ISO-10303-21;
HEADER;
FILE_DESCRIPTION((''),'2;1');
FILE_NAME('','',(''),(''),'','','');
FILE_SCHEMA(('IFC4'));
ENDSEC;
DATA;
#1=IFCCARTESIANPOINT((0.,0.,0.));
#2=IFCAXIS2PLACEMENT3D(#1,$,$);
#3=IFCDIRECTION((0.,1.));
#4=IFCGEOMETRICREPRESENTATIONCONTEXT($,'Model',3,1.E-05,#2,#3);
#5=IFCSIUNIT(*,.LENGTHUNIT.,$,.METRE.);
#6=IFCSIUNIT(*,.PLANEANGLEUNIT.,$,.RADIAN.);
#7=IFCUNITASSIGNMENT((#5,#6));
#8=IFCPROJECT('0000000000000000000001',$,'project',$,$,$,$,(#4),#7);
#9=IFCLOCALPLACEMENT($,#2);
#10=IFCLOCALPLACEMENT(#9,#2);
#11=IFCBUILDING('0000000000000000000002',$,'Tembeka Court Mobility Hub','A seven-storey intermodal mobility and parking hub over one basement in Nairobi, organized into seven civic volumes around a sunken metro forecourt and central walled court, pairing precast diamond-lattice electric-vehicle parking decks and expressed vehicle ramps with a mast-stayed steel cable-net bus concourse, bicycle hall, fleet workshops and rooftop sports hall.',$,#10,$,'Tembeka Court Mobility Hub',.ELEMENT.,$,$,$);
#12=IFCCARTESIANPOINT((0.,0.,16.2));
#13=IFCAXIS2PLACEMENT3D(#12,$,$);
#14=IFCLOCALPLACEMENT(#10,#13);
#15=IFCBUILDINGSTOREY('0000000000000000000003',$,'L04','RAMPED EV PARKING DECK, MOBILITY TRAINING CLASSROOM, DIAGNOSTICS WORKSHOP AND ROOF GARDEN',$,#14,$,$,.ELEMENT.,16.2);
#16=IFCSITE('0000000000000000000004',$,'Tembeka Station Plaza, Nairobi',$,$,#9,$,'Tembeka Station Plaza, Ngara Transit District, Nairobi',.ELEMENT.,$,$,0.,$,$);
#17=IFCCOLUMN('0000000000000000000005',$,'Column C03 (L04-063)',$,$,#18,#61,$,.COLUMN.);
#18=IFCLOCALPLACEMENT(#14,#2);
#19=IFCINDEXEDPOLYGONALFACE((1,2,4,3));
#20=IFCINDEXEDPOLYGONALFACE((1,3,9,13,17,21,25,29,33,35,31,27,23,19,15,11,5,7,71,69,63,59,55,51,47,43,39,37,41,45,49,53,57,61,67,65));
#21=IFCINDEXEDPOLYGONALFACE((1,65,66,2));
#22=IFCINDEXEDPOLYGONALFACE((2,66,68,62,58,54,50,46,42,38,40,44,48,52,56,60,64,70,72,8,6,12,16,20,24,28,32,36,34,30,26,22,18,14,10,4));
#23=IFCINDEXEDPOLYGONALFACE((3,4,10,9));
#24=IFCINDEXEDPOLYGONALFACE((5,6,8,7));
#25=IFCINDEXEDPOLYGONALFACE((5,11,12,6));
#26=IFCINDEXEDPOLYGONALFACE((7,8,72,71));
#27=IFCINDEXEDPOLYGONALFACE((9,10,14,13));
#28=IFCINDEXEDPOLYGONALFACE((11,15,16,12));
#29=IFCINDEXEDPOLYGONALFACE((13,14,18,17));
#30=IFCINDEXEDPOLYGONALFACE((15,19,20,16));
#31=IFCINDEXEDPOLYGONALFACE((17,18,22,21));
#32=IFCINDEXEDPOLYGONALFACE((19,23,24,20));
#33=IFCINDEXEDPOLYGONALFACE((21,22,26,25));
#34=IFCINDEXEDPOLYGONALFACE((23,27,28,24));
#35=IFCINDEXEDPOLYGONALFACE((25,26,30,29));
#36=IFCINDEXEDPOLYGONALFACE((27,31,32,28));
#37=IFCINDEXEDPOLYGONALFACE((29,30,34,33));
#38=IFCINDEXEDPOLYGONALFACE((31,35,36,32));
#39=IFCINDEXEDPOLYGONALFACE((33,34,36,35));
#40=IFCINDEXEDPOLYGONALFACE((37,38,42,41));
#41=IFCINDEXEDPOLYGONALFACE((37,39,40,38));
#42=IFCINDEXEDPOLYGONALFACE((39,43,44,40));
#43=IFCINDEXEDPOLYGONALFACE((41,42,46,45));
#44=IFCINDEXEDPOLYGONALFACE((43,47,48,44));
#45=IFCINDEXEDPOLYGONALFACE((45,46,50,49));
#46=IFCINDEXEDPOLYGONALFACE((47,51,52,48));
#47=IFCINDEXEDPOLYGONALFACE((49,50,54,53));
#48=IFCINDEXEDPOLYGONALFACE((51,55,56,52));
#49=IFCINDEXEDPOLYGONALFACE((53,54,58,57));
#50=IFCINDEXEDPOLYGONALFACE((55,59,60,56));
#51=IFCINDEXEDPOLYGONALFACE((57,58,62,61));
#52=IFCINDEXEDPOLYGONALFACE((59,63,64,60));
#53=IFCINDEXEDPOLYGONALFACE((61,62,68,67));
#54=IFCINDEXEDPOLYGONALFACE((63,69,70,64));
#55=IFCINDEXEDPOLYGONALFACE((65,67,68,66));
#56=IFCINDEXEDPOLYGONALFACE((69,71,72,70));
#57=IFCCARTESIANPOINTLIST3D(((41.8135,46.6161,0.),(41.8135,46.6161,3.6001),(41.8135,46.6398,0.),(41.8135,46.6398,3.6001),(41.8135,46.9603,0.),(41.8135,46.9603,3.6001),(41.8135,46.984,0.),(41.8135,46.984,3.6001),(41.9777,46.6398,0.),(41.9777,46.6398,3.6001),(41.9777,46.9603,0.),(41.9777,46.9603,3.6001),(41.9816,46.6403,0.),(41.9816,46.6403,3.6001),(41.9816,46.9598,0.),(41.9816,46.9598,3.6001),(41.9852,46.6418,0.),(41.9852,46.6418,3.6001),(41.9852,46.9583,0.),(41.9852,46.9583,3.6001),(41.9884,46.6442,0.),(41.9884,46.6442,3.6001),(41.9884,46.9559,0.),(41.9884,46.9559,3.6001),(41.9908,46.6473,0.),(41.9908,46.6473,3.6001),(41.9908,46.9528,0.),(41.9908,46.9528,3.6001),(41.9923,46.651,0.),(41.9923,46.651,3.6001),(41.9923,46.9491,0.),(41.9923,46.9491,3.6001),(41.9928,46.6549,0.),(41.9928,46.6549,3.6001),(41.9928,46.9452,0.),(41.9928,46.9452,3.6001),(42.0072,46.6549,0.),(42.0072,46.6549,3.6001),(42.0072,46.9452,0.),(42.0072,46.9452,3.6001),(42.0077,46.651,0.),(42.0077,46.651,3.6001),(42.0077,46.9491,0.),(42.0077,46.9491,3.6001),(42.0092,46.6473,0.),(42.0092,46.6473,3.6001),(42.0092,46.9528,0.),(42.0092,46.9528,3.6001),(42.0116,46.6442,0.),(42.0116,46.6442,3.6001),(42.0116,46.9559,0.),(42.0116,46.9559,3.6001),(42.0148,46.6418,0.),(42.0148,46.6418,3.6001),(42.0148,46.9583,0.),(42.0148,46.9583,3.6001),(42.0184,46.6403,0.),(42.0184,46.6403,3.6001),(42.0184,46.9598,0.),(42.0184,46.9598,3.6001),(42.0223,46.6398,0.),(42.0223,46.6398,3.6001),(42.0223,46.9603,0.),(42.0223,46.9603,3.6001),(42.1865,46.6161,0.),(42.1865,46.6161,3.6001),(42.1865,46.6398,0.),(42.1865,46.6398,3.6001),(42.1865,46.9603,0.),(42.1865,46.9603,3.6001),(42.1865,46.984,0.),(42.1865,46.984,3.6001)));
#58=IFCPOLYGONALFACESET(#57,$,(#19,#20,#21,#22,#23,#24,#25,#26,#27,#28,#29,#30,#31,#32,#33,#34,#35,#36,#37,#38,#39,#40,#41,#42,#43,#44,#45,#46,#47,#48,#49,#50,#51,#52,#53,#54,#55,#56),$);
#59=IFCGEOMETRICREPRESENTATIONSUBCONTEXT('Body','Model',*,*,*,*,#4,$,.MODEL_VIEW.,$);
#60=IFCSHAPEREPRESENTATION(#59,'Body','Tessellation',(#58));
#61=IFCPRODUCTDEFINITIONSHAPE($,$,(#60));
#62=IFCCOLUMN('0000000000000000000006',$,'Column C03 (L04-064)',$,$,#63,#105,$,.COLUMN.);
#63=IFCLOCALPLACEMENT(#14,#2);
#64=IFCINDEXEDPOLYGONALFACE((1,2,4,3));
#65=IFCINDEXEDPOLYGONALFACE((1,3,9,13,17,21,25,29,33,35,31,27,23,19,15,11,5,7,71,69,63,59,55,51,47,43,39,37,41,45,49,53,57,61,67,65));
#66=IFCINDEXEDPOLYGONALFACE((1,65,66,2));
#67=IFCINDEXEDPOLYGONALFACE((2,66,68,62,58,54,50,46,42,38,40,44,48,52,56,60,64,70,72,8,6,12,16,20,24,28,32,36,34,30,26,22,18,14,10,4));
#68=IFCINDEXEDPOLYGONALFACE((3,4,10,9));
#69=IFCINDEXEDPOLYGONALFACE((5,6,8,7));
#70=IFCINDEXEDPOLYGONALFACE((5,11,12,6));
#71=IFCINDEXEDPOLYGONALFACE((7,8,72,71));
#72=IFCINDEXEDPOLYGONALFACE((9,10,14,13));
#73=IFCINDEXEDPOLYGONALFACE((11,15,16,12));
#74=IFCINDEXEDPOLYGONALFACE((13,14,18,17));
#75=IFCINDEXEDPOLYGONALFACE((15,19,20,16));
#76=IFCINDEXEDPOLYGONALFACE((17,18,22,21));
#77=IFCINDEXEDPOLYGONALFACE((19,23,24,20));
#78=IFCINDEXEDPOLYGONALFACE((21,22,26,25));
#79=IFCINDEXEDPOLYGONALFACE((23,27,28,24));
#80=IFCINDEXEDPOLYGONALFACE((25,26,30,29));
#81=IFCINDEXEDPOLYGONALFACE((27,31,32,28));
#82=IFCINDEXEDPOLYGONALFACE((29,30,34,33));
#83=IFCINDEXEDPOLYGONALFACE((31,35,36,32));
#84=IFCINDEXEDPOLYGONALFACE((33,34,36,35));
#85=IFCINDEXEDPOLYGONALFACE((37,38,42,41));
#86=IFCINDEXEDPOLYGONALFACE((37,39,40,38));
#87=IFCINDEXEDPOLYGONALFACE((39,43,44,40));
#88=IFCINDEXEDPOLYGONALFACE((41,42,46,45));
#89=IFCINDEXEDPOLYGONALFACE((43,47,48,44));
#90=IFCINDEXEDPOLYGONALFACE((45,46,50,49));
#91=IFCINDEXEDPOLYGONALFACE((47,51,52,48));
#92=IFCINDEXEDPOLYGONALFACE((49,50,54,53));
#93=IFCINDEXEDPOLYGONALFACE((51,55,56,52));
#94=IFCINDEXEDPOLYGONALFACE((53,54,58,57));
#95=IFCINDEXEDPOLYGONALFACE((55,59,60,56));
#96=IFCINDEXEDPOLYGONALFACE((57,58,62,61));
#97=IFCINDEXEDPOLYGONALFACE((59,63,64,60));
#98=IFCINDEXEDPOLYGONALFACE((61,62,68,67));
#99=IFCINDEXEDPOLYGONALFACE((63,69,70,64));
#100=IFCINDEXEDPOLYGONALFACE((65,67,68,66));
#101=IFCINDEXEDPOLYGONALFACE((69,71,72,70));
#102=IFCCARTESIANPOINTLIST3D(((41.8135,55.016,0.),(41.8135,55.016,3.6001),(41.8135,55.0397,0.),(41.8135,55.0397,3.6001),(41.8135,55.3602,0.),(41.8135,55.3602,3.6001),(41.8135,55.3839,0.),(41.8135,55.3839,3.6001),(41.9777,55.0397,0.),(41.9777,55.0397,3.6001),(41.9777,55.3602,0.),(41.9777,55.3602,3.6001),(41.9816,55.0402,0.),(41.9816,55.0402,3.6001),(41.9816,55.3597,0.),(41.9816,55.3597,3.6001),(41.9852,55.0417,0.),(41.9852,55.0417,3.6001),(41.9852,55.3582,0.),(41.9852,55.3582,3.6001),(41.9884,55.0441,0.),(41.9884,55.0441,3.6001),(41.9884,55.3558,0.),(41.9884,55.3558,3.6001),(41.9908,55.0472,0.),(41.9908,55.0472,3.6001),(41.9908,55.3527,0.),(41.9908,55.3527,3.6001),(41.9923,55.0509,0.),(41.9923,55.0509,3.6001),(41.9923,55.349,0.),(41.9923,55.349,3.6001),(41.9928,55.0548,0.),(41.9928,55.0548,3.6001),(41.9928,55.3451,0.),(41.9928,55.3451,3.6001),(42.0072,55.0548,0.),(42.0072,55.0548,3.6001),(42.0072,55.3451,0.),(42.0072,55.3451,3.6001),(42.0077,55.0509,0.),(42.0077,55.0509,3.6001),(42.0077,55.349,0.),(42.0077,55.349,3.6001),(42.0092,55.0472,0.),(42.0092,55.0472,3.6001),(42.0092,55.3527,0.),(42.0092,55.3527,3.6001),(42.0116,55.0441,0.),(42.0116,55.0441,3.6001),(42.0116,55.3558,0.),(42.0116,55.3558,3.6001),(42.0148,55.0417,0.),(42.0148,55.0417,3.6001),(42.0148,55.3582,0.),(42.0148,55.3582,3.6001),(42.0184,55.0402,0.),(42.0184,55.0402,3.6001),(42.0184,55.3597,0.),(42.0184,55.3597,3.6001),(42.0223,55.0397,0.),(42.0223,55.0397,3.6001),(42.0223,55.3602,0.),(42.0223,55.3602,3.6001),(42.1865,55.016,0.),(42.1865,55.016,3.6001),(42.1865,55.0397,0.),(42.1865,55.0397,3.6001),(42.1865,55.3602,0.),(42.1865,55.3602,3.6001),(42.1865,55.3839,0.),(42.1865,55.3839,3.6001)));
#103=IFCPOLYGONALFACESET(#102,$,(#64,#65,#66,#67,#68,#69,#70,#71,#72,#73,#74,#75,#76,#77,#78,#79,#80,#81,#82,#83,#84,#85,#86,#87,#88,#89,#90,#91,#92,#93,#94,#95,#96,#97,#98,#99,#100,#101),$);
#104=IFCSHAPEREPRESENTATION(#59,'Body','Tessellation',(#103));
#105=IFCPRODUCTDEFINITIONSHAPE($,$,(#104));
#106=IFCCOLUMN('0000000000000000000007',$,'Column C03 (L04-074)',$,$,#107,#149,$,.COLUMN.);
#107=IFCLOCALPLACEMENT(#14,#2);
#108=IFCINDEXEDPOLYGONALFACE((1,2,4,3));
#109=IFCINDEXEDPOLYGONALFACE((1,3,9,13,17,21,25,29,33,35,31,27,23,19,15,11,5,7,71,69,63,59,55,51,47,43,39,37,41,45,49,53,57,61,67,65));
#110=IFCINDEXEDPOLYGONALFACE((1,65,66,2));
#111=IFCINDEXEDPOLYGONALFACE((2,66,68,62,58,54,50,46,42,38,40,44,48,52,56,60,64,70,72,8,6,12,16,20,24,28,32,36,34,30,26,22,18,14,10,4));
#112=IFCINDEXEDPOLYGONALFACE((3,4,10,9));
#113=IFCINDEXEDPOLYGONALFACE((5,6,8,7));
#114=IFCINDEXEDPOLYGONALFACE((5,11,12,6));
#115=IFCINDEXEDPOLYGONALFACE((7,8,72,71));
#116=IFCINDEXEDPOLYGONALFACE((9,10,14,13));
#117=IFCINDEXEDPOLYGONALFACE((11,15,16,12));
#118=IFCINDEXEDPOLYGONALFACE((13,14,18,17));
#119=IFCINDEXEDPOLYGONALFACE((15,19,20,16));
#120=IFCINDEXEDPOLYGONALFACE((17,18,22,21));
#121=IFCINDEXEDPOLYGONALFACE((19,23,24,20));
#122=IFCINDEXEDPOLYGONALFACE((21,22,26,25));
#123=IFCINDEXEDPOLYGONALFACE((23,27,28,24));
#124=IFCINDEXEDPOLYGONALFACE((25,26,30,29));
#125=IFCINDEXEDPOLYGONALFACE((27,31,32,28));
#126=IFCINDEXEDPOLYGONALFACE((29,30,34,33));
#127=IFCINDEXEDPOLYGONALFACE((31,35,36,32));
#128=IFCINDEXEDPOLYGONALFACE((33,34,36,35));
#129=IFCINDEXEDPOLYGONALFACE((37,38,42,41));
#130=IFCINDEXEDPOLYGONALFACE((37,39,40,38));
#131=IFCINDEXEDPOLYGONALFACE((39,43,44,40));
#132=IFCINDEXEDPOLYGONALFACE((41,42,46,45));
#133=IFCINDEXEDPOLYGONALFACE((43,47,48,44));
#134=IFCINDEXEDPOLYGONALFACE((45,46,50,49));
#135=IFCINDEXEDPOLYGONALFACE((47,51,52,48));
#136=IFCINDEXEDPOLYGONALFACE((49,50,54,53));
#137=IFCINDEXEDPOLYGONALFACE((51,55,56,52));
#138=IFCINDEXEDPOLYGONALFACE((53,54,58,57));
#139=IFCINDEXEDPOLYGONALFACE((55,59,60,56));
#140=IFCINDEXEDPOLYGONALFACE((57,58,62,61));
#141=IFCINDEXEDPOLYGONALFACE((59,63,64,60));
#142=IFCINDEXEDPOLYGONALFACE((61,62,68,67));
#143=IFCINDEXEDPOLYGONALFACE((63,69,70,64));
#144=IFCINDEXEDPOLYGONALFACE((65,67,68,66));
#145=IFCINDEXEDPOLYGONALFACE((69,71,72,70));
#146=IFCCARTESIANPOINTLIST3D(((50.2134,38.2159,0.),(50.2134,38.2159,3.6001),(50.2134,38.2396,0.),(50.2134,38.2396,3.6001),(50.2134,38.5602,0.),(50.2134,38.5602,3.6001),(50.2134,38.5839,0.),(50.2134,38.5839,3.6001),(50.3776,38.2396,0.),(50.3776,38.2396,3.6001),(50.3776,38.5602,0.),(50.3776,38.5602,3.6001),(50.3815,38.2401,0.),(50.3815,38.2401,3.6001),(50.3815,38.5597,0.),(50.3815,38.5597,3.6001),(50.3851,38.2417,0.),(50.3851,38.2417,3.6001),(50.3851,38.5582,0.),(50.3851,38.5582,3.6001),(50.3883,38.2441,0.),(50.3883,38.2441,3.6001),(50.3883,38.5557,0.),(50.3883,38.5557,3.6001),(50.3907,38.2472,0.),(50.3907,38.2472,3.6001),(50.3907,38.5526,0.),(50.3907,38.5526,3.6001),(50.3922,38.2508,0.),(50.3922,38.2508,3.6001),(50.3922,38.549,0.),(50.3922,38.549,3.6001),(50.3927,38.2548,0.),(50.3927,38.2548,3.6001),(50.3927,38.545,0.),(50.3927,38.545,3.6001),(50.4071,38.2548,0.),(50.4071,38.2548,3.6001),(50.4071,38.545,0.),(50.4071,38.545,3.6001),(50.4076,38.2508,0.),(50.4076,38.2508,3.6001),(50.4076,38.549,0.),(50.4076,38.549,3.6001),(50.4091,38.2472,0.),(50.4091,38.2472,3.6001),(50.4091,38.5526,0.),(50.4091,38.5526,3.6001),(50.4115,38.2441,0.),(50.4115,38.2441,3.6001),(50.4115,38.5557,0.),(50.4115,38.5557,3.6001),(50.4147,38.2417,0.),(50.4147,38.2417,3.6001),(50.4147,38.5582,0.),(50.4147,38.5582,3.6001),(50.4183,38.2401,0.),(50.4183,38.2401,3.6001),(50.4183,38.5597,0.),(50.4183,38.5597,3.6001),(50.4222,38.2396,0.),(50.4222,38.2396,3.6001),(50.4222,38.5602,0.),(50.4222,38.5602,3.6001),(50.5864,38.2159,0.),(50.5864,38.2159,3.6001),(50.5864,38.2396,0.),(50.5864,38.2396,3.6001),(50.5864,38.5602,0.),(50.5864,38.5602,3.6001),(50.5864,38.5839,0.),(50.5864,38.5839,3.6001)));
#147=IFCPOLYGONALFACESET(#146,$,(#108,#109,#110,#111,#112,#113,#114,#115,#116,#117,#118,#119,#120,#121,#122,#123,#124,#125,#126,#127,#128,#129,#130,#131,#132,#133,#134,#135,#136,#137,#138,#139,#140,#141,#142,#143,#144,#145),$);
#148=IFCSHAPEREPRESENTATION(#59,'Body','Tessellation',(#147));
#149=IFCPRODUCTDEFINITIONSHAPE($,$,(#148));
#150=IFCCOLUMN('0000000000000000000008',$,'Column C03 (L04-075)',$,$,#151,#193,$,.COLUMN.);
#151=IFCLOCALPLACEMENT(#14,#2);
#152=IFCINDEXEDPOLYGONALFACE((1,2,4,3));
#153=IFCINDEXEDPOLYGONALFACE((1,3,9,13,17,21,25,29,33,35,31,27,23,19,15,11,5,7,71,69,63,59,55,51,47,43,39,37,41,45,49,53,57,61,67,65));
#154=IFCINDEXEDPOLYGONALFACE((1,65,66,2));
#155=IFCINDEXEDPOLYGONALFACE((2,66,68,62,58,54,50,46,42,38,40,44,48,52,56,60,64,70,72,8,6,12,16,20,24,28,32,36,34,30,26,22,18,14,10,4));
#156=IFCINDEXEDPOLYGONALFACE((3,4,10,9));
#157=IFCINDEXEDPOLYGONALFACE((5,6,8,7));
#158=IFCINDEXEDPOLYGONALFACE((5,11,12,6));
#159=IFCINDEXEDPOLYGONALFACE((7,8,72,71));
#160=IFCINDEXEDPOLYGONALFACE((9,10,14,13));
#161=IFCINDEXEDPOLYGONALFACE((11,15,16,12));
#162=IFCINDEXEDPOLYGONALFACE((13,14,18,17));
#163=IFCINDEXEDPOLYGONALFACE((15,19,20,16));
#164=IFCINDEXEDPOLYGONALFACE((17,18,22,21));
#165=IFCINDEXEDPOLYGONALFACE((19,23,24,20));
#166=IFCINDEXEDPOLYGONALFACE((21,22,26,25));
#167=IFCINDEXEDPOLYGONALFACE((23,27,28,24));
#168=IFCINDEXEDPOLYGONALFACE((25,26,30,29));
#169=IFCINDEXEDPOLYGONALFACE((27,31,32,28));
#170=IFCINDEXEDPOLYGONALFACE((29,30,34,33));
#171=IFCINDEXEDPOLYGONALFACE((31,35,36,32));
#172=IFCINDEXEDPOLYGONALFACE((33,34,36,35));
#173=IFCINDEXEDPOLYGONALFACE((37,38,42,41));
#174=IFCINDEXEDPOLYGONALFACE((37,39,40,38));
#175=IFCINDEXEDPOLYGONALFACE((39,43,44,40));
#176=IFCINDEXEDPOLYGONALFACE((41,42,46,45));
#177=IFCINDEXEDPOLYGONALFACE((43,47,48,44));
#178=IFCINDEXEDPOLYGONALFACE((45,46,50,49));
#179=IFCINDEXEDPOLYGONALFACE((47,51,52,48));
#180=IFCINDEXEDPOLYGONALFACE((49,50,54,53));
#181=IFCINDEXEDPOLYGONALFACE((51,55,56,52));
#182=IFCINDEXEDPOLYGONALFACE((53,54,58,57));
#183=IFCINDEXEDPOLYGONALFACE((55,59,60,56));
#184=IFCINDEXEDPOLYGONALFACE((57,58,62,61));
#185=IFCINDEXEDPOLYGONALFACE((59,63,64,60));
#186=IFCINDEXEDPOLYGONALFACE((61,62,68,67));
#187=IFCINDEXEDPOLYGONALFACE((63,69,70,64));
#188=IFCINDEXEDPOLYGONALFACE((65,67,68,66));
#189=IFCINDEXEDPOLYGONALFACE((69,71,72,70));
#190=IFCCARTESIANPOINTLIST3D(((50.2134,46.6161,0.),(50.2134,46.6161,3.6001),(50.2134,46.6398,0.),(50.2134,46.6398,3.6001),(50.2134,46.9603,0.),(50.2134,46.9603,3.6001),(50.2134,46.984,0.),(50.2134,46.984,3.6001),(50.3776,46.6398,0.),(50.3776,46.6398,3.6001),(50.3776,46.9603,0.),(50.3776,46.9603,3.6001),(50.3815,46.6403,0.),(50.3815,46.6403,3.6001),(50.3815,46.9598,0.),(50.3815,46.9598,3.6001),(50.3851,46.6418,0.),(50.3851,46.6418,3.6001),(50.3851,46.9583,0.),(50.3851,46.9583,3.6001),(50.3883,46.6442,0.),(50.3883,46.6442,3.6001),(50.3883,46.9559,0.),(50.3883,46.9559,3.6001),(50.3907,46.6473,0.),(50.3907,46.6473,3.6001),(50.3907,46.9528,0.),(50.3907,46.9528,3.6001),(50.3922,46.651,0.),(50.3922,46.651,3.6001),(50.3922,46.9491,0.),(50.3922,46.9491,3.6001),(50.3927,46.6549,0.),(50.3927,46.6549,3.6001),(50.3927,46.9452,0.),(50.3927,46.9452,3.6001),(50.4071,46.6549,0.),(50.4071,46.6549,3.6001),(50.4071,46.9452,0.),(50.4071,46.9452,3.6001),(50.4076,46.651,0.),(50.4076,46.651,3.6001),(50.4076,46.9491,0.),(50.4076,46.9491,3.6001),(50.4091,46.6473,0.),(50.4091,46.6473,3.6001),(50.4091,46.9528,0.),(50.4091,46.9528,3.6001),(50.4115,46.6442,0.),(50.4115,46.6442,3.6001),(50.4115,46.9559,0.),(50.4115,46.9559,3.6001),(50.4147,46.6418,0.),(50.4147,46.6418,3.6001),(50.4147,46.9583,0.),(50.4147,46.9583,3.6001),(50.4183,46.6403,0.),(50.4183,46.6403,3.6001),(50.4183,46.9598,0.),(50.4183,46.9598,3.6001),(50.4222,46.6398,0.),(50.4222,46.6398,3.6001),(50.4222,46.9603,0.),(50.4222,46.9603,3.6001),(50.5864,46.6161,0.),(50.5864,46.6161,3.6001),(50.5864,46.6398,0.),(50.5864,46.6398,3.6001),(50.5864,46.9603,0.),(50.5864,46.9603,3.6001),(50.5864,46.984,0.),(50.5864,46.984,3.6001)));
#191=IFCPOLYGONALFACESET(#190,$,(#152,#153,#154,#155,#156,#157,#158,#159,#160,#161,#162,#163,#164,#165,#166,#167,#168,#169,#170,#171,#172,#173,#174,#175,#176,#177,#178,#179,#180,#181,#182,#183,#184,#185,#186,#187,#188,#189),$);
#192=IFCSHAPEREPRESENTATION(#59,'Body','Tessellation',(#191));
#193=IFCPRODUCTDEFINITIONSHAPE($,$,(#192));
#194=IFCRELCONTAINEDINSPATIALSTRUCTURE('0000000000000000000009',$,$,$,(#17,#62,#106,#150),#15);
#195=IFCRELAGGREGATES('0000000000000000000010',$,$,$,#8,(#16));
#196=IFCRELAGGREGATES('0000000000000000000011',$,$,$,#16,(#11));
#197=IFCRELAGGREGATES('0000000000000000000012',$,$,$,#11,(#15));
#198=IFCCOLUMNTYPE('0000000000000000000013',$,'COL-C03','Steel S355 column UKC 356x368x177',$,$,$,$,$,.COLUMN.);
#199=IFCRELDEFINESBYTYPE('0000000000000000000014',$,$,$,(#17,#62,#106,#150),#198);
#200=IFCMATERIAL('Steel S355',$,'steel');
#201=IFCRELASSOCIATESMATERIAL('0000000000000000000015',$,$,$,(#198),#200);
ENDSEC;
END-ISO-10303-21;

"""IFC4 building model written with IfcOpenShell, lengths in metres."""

from ifc_helpers import new_model, si_unit, direction, frame, origin, origin_2d, place, context, subcontext, project, spatial, i_section, extrude, material, material_profile, profile_set, type_object, element, save


model = new_model("IFC4")

# Units and contexts
model_context = context("Model", 3, precision=1e-05, world=origin(), true_north=direction((0.0, 1.0)))
body_context = subcontext(model_context, "Body", "Model", "MODEL_VIEW")
ifc_project = project(units=[si_unit("LENGTHUNIT", "METRE"), si_unit("PLANEANGLEUNIT", "RADIAN")], contexts=[model_context])

# Site, building, storey
site_placement = place(None, origin())
site = spatial("IfcSite", under=ifc_project, at=site_placement, Name="Tembeka Station Plaza, Nairobi", LongName="Tembeka Station Plaza, Ngara Transit District, Nairobi", CompositionType="ELEMENT", RefElevation=0.0)
building_placement = place(site_placement, origin())
building = spatial("IfcBuilding", under=site, at=building_placement, Name="Tembeka Court Mobility Hub", Description="A seven-storey intermodal mobility and parking hub over one basement in Nairobi, organized into seven civic volumes around a sunken metro forecourt and central walled court, pairing precast diamond-lattice electric-vehicle parking decks and expressed vehicle ramps with a mast-stayed steel cable-net bus concourse, bicycle hall, fleet workshops and rooftop sports hall.", LongName="Tembeka Court Mobility Hub", CompositionType="ELEMENT")
storey_placement = place(building_placement, frame((0.0, 0.0, 16.2)))
storey = spatial("IfcBuildingStorey", under=building, at=storey_placement, Name="L04", Description="RAMPED EV PARKING DECK, MOBILITY TRAINING CLASSROOM, DIAGNOSTICS WORKSHOP AND ROOF GARDEN", CompositionType="ELEMENT", Elevation=16.2)

# Columns
ifc_material = material(Name="Steel S355", Category="steel")
ifc_material_profile_1 = material_profile(ifc_material, i_section(OverallWidth=0.373, OverallDepth=0.3679, WebThickness=0.0144, FlangeThickness=0.0237, FilletRadius=0.0151, at=origin_2d()), Name="UKC 356x368x177")
ifc_profile_set_1 = profile_set([ifc_material_profile_1], Name="Steel S355")
column_type = type_object("IfcColumnType", Name="COL-C03", Description="Steel S355 column UKC 356x368x177", PredefinedType="COLUMN", material=ifc_profile_set_1)
for number, where, z_axis, x_axis, name in (
    (1, (42.0, 46.8, 0.0), (0.0, 0.0, 1.0), (1.0, 0.0, 0.0), "Column C03 (L04-063)"),
    (2, (42.0, 55.2, 0.0), (0.0, 0.0, 1.0), (1.0, 0.0, 0.0), "Column C03 (L04-064)"),
    (3, (50.3999, 38.3999, 0.0), (0.0, 0.0, 1.0), (1.0, 0.0, 0.0), "Column C03 (L04-074)"),
    (4, (50.3999, 46.8, 0.0), (0.0, 0.0, 1.0), (1.0, 0.0, 0.0), "Column C03 (L04-075)"),
):
    element("IfcColumn", number, at=place(storey_placement, frame(where, z_axis=z_axis, x_axis=x_axis)), inside=storey, type_object=column_type, Name=name, PredefinedType="COLUMN", context=body_context, shape_type="SweptSolid", body=[
        extrude(i_section(OverallWidth=0.373, OverallDepth=0.3679, WebThickness=0.0144, FlangeThickness=0.0237, FilletRadius=0.0151, at=origin_2d()), origin(), (0.0, 0.0, 1.0), 3.6001),
    ])

save(model, "model.ifc")
